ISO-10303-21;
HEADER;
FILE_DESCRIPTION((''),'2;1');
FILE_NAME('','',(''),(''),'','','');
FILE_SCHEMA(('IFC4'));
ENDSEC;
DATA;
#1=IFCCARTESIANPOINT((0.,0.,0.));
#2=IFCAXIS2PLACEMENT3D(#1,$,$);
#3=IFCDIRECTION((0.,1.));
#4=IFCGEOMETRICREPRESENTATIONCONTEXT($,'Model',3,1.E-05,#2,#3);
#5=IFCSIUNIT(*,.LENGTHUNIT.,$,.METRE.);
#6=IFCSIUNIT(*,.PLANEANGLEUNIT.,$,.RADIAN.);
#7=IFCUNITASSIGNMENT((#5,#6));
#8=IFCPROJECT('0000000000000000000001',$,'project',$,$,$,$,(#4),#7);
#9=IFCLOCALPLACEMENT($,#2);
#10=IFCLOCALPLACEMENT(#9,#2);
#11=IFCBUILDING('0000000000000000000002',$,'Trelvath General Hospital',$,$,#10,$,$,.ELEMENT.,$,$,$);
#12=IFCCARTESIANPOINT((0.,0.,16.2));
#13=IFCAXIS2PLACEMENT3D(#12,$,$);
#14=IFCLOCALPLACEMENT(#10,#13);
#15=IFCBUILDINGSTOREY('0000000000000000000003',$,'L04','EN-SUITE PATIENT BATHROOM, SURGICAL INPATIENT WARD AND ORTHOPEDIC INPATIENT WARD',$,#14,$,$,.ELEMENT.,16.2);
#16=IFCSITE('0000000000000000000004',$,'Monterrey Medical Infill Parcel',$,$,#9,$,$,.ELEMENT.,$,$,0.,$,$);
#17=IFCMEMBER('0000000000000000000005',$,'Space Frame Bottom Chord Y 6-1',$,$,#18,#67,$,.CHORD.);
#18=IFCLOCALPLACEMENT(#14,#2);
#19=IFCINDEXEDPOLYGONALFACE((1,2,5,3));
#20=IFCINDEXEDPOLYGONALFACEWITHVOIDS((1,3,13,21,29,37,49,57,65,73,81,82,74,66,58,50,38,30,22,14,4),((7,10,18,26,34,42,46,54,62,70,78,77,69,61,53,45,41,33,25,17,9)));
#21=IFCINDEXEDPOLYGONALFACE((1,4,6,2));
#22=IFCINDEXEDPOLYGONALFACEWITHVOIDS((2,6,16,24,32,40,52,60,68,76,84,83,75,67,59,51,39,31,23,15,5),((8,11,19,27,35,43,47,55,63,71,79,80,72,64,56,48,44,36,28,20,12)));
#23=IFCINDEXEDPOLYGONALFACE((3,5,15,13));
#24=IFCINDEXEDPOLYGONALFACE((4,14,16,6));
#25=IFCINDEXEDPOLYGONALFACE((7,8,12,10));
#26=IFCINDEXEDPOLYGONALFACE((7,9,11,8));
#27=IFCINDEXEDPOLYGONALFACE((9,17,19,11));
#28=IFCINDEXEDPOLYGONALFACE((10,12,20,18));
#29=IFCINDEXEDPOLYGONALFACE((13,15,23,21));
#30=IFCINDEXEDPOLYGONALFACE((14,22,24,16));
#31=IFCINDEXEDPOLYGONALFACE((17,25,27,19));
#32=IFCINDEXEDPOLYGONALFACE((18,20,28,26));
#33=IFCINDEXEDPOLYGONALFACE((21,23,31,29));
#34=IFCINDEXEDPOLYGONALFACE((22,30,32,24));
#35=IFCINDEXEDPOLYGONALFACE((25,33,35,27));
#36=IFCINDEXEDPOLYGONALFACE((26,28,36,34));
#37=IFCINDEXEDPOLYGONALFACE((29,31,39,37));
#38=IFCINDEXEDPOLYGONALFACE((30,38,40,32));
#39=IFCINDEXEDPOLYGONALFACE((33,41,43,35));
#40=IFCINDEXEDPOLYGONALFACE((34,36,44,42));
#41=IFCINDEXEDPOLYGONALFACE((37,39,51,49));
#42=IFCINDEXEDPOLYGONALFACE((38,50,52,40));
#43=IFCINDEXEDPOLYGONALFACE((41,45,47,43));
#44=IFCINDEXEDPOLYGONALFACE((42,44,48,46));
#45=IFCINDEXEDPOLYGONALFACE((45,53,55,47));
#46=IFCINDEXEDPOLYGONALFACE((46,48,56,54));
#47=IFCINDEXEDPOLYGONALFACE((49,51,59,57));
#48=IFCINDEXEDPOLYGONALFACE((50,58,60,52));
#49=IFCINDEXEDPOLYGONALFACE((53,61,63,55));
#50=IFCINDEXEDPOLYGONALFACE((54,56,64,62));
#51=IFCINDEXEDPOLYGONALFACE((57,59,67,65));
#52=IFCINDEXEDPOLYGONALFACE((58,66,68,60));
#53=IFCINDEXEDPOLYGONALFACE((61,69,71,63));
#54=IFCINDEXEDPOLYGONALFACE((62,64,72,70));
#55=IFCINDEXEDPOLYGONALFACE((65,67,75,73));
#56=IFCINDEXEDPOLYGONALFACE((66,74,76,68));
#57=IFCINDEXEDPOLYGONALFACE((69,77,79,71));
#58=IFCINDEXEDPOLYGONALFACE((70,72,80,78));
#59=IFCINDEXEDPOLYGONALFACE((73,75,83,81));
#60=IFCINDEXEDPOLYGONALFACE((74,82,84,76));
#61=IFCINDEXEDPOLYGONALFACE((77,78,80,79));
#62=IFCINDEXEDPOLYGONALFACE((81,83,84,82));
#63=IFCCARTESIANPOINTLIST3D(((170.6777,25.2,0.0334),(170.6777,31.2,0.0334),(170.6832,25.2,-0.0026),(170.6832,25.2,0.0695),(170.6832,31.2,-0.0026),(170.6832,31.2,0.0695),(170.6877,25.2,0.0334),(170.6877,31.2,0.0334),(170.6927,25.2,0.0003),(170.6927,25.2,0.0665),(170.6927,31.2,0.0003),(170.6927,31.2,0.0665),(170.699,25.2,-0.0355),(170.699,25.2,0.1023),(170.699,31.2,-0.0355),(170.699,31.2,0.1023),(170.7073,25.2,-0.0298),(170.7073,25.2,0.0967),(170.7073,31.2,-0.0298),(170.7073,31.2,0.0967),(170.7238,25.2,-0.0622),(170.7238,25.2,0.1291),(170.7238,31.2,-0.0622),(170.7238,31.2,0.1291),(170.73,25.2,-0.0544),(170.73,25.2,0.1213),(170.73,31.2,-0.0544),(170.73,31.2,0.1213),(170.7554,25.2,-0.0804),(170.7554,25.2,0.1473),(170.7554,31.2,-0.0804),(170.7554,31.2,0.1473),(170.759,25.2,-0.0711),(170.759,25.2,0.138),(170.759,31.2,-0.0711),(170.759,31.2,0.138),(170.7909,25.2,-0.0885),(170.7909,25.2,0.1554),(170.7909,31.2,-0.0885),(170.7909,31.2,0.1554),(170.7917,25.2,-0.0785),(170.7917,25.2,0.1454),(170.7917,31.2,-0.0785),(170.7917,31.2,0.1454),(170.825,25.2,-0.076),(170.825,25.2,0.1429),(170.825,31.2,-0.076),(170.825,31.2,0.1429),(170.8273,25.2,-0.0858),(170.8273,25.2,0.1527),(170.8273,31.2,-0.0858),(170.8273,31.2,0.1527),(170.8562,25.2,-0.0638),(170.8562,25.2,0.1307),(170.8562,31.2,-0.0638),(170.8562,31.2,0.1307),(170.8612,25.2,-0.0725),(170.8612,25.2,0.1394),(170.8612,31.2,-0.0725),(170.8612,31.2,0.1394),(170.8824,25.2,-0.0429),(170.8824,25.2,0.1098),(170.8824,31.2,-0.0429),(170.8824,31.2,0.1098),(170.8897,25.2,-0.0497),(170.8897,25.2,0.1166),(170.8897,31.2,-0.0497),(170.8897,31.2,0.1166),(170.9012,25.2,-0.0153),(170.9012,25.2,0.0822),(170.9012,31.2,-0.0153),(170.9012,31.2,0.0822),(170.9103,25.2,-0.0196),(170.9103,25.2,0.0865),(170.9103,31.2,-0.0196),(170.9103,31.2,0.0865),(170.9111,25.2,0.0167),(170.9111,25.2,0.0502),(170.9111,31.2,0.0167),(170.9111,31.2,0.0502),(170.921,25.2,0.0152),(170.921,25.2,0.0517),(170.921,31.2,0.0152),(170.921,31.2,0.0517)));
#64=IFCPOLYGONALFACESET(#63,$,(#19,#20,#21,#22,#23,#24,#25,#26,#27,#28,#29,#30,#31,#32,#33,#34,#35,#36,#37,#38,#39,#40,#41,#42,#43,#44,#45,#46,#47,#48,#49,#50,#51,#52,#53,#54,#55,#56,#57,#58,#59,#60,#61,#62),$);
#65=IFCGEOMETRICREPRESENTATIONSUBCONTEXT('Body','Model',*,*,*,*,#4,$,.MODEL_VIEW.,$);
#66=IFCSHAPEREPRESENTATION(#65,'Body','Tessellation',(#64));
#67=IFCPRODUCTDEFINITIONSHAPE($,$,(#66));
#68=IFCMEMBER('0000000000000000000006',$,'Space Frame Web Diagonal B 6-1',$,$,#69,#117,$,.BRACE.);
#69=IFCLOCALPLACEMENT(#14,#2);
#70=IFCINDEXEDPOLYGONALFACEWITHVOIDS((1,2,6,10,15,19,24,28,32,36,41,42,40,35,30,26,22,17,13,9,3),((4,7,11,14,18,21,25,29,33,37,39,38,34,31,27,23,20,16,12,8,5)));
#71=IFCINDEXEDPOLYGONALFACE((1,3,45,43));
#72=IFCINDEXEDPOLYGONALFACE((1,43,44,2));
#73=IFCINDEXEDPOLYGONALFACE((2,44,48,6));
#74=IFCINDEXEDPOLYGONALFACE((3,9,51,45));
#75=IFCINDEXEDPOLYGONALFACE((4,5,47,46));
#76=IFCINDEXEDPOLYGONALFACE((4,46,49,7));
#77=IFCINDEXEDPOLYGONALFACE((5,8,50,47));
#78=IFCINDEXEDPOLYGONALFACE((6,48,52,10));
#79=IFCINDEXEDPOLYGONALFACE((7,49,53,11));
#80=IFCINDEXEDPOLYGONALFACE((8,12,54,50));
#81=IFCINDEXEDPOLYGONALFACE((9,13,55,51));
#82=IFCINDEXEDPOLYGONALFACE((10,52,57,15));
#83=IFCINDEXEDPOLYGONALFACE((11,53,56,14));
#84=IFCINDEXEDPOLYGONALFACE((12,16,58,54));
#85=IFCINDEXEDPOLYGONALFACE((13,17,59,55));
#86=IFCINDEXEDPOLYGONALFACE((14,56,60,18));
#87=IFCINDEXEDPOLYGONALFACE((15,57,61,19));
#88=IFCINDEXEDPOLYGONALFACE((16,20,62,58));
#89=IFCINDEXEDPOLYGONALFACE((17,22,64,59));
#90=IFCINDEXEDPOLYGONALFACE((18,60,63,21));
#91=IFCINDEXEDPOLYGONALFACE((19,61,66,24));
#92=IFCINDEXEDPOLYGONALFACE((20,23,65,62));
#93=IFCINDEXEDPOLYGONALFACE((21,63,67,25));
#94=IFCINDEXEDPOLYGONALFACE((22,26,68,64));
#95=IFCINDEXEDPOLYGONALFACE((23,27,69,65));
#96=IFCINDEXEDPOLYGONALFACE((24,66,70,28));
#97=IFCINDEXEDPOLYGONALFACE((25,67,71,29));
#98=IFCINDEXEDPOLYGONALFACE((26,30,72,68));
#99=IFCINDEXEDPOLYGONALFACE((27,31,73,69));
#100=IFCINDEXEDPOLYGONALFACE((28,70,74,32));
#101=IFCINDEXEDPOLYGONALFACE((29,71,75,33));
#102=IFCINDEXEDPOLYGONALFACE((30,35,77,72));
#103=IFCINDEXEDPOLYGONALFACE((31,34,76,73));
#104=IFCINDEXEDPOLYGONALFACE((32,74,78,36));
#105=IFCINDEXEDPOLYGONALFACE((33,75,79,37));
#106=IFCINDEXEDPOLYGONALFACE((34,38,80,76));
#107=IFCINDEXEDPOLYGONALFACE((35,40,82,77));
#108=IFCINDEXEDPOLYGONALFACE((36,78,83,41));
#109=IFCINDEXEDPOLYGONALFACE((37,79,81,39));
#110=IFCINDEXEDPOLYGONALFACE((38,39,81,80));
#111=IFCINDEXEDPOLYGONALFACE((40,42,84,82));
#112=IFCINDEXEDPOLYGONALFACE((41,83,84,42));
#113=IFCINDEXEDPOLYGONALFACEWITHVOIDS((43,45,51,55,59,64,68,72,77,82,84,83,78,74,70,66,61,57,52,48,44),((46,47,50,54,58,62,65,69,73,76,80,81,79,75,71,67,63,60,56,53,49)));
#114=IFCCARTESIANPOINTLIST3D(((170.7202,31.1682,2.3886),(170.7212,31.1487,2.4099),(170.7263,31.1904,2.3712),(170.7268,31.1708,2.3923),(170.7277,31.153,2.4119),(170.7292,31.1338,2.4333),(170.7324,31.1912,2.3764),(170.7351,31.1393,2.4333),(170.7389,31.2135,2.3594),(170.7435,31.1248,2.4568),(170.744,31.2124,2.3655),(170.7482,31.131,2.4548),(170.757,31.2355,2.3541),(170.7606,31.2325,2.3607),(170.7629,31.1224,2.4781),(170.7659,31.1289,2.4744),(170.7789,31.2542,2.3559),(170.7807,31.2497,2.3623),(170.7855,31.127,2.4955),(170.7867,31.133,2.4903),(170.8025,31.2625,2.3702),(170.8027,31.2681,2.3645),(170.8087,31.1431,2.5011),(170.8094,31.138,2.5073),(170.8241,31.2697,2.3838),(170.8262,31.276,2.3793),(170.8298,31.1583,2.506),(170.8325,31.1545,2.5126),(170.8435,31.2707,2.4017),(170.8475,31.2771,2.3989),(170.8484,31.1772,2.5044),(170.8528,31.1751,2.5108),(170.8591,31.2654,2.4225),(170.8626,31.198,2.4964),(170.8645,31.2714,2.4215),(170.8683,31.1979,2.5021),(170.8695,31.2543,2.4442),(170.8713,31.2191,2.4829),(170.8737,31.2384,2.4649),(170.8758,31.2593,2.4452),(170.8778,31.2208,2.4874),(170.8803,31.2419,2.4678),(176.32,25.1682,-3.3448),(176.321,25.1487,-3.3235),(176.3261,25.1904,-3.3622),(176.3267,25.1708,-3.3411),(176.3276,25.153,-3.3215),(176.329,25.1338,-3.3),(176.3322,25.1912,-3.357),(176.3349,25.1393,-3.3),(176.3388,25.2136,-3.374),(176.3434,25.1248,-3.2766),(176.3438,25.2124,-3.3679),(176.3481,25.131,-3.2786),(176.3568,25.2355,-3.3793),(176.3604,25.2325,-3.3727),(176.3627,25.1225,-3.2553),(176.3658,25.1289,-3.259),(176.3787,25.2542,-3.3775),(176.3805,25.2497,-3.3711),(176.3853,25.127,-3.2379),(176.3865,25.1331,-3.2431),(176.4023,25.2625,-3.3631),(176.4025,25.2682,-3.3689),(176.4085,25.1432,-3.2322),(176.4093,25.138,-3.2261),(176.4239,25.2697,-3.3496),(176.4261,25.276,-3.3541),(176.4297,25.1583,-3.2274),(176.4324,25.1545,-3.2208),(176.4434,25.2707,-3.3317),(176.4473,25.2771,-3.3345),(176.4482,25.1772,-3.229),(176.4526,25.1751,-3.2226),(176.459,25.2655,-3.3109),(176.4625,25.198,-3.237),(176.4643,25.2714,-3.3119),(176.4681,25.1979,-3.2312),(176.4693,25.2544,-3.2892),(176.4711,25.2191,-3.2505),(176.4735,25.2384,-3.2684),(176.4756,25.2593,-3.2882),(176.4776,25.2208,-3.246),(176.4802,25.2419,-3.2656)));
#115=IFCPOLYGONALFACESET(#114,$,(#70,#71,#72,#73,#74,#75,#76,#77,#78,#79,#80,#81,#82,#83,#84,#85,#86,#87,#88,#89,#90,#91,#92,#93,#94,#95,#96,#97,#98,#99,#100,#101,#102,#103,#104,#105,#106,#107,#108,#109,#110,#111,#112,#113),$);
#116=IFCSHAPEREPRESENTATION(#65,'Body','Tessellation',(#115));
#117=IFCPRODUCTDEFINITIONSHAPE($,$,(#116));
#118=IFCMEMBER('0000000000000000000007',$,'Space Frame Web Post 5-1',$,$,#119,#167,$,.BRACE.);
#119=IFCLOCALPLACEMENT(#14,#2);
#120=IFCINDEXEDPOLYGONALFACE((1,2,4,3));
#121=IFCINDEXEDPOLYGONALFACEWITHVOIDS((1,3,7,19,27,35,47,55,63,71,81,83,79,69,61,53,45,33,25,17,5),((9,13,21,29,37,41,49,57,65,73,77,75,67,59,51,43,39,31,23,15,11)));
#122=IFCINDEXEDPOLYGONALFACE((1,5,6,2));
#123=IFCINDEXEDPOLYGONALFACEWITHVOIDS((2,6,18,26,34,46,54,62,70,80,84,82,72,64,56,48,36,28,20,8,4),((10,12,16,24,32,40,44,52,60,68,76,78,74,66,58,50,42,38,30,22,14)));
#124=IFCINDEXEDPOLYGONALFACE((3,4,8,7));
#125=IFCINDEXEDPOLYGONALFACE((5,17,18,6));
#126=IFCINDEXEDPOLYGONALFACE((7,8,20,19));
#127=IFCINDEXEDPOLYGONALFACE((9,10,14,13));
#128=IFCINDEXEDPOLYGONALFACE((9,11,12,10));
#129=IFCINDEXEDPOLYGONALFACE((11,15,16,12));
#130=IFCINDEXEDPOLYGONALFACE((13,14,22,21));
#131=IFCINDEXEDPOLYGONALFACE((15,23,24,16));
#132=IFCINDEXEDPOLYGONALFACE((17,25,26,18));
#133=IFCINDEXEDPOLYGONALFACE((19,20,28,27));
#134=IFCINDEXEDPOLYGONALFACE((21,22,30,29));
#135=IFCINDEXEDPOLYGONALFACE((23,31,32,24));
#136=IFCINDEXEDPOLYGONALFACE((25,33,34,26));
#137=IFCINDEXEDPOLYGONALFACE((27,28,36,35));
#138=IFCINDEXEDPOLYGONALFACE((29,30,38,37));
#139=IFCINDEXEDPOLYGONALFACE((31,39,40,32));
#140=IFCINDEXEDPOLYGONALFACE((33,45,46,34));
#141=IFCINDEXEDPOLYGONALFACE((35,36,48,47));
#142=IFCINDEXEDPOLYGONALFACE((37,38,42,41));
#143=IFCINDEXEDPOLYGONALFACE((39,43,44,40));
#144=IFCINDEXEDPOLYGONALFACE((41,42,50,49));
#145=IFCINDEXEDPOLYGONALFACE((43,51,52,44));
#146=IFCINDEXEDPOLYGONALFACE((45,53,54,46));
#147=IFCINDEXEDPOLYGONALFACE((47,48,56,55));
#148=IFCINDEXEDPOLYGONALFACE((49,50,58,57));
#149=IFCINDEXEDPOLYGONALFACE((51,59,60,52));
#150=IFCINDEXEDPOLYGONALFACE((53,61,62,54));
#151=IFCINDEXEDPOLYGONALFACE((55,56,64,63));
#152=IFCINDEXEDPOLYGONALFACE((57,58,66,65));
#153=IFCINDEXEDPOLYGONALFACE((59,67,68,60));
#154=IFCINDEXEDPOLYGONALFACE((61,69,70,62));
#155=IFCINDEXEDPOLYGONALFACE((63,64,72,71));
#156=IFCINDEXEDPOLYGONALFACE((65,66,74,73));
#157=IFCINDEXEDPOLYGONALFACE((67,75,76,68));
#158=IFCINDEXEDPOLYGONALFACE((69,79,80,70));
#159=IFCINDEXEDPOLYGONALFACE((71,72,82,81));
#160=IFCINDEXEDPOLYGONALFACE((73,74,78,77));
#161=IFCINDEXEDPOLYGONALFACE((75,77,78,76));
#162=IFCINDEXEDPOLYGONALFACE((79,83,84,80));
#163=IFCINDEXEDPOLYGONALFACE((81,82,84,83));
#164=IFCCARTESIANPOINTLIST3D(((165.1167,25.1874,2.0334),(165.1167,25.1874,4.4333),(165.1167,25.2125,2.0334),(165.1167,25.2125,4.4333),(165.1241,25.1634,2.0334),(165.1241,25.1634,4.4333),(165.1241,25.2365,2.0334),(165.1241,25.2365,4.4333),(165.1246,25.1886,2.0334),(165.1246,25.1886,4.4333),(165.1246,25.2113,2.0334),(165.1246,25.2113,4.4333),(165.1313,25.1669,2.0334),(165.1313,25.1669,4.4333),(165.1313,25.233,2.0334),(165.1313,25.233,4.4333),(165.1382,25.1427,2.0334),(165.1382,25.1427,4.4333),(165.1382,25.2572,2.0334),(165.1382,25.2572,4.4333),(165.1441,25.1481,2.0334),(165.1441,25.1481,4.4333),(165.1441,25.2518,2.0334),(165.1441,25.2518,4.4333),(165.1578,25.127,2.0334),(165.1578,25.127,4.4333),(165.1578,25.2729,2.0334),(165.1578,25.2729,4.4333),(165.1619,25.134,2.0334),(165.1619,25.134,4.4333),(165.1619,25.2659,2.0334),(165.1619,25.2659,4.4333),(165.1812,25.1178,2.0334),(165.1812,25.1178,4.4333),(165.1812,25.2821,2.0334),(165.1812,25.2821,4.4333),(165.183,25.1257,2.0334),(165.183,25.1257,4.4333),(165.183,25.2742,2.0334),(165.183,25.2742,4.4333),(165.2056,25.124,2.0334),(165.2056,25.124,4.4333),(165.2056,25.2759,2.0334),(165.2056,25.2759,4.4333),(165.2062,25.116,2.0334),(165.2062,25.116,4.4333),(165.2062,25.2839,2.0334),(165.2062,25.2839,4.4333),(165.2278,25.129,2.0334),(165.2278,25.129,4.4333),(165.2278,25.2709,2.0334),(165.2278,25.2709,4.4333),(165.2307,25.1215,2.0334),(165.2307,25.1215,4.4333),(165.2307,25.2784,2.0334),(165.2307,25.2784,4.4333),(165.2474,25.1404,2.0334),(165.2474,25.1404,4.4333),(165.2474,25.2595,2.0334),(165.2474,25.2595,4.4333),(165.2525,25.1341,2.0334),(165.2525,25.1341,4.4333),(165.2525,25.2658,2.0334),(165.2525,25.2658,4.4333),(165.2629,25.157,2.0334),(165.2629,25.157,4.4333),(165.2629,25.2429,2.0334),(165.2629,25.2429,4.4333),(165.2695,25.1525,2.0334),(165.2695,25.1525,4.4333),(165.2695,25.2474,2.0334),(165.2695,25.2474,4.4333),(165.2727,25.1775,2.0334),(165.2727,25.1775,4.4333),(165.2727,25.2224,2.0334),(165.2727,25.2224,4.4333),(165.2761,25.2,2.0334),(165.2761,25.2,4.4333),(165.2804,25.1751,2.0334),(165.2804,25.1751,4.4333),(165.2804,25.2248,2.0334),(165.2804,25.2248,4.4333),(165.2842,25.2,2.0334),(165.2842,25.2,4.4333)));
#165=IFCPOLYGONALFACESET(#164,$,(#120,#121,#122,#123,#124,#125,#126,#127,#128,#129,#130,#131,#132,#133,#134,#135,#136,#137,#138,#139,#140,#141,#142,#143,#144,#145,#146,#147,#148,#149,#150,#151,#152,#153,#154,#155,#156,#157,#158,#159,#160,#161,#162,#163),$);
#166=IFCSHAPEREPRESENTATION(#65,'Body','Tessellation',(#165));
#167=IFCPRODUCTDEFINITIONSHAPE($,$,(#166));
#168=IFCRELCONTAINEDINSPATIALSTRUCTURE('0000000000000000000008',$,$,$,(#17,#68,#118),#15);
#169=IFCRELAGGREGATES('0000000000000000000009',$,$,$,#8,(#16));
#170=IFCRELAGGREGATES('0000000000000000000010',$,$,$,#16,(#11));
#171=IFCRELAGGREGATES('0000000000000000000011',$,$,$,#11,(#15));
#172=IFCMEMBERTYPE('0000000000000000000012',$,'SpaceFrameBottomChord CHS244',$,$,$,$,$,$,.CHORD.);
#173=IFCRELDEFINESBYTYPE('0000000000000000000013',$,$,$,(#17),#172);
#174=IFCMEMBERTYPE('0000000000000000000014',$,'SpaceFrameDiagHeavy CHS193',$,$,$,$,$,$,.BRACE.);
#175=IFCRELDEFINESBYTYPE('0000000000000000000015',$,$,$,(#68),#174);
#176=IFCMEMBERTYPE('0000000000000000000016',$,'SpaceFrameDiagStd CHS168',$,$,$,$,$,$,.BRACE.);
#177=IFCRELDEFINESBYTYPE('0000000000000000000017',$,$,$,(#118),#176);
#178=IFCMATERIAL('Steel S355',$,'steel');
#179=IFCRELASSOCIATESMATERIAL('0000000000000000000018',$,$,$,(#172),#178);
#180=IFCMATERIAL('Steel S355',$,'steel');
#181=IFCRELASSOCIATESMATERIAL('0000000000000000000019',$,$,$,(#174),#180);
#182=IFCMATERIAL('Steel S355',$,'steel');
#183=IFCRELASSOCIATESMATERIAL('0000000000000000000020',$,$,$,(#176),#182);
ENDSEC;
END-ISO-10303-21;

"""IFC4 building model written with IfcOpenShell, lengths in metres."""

from ifc_helpers import new_model, si_unit, direction, frame, origin, origin_2d, place, context, subcontext, project, spatial, hollow_circle, extrude, material, material_profile, profile_set, type_object, element, save


model = new_model("IFC4")

# Units and contexts
model_context = context("Model", 3, precision=1e-05, world=origin(), true_north=direction((0.0, 1.0)))
body_context = subcontext(model_context, "Body", "Model", "MODEL_VIEW")
ifc_project = project(units=[si_unit("LENGTHUNIT", "METRE"), si_unit("PLANEANGLEUNIT", "RADIAN")], contexts=[model_context])

# Site, building, storey
site_placement = place(None, origin())
site = spatial("IfcSite", under=ifc_project, at=site_placement, Name="Monterrey Medical Infill Parcel", CompositionType="ELEMENT", RefElevation=0.0)
building_placement = place(site_placement, origin())
building = spatial("IfcBuilding", under=site, at=building_placement, Name="Trelvath General Hospital", CompositionType="ELEMENT")
storey_placement = place(building_placement, frame((0.0, 0.0, 16.2)))
storey = spatial("IfcBuildingStorey", under=building, at=storey_placement, Name="L04", Description="EN-SUITE PATIENT BATHROOM, SURGICAL INPATIENT WARD AND ORTHOPEDIC INPATIENT WARD", CompositionType="ELEMENT", Elevation=16.2)

# Members
ifc_material_1 = material(Name="Steel S355", Category="steel")
ifc_material_profile_1 = material_profile(ifc_material_1, hollow_circle(Radius=0.1223, WallThickness=0.01, at=origin_2d()), Name="CHS244.5x10.0")
ifc_profile_set_1 = profile_set([ifc_material_profile_1], Name="Steel S355")
member_type_1 = type_object("IfcMemberType", Name="SpaceFrameBottomChord CHS244", PredefinedType="CHORD", material=ifc_profile_set_1)
for number, where, z_axis, x_axis, name in (
    (1, (170.8, 25.2, 0.0334), (0.0, 1.0, 0.0), (-1.0, 0.0, 0.0), "Space Frame Bottom Chord Y 6-1"),
):
    element("IfcMember", number, at=place(storey_placement, frame(where, z_axis=z_axis, x_axis=x_axis)), inside=storey, type_object=member_type_1, Name=name, PredefinedType="CHORD", context=body_context, shape_type="SweptSolid", body=[
        extrude(hollow_circle(Radius=0.1223, WallThickness=0.01, at=origin_2d()), origin(), (0.0, 0.0, 1.0), 6.0),
    ])
ifc_material_2 = material(Name="Steel S355", Category="steel")
ifc_material_profile_2 = material_profile(ifc_material_2, hollow_circle(Radius=0.0969, WallThickness=0.0081, at=origin_2d()), Name="CHS193.7x8.0")
ifc_profile_set_2 = profile_set([ifc_material_profile_2], Name="Steel S355")
member_type_2 = type_object("IfcMemberType", Name="SpaceFrameDiagHeavy CHS193", PredefinedType="BRACE", material=ifc_profile_set_2)
member_1_placement = place(storey_placement, frame((176.3999, 25.2, -3.3), z_axis=(-0.559342, 0.599311, 0.572681), x_axis=(-0.731064, -0.682309, 0.0)))
element("IfcMember", 2, at=member_1_placement, inside=storey, type_object=member_type_2, Name="Space Frame Web Diagonal B 6-1", PredefinedType="BRACE", context=body_context, shape_type="SweptSolid", body=[
    extrude(hollow_circle(Radius=0.0969, WallThickness=0.0081, at=origin_2d()), origin(), (0.0, 0.0, 1.0), 10.0115),
])
ifc_material_3 = material(Name="Steel S355", Category="steel")
ifc_material_profile_3 = material_profile(ifc_material_3, hollow_circle(Radius=0.0842, WallThickness=0.0081, at=origin_2d()), Name="CHS168.3x8.0")
ifc_profile_set_3 = profile_set([ifc_material_profile_3], Name="Steel S355")
member_type_3 = type_object("IfcMemberType", Name="SpaceFrameDiagStd CHS168", PredefinedType="BRACE", material=ifc_profile_set_3)
member_2_placement = place(storey_placement, frame((165.2, 25.2, 2.0334), z_axis=(0.0, 0.0, 1.0), x_axis=(1.0, 0.0, 0.0)))
element("IfcMember", 3, at=member_2_placement, inside=storey, type_object=member_type_3, Name="Space Frame Web Post 5-1", PredefinedType="BRACE", context=body_context, shape_type="SweptSolid", body=[
    extrude(hollow_circle(Radius=0.0842, WallThickness=0.0081, at=origin_2d()), origin(), (0.0, 0.0, 1.0), 2.3999),
])

save(model, "model.ifc")
